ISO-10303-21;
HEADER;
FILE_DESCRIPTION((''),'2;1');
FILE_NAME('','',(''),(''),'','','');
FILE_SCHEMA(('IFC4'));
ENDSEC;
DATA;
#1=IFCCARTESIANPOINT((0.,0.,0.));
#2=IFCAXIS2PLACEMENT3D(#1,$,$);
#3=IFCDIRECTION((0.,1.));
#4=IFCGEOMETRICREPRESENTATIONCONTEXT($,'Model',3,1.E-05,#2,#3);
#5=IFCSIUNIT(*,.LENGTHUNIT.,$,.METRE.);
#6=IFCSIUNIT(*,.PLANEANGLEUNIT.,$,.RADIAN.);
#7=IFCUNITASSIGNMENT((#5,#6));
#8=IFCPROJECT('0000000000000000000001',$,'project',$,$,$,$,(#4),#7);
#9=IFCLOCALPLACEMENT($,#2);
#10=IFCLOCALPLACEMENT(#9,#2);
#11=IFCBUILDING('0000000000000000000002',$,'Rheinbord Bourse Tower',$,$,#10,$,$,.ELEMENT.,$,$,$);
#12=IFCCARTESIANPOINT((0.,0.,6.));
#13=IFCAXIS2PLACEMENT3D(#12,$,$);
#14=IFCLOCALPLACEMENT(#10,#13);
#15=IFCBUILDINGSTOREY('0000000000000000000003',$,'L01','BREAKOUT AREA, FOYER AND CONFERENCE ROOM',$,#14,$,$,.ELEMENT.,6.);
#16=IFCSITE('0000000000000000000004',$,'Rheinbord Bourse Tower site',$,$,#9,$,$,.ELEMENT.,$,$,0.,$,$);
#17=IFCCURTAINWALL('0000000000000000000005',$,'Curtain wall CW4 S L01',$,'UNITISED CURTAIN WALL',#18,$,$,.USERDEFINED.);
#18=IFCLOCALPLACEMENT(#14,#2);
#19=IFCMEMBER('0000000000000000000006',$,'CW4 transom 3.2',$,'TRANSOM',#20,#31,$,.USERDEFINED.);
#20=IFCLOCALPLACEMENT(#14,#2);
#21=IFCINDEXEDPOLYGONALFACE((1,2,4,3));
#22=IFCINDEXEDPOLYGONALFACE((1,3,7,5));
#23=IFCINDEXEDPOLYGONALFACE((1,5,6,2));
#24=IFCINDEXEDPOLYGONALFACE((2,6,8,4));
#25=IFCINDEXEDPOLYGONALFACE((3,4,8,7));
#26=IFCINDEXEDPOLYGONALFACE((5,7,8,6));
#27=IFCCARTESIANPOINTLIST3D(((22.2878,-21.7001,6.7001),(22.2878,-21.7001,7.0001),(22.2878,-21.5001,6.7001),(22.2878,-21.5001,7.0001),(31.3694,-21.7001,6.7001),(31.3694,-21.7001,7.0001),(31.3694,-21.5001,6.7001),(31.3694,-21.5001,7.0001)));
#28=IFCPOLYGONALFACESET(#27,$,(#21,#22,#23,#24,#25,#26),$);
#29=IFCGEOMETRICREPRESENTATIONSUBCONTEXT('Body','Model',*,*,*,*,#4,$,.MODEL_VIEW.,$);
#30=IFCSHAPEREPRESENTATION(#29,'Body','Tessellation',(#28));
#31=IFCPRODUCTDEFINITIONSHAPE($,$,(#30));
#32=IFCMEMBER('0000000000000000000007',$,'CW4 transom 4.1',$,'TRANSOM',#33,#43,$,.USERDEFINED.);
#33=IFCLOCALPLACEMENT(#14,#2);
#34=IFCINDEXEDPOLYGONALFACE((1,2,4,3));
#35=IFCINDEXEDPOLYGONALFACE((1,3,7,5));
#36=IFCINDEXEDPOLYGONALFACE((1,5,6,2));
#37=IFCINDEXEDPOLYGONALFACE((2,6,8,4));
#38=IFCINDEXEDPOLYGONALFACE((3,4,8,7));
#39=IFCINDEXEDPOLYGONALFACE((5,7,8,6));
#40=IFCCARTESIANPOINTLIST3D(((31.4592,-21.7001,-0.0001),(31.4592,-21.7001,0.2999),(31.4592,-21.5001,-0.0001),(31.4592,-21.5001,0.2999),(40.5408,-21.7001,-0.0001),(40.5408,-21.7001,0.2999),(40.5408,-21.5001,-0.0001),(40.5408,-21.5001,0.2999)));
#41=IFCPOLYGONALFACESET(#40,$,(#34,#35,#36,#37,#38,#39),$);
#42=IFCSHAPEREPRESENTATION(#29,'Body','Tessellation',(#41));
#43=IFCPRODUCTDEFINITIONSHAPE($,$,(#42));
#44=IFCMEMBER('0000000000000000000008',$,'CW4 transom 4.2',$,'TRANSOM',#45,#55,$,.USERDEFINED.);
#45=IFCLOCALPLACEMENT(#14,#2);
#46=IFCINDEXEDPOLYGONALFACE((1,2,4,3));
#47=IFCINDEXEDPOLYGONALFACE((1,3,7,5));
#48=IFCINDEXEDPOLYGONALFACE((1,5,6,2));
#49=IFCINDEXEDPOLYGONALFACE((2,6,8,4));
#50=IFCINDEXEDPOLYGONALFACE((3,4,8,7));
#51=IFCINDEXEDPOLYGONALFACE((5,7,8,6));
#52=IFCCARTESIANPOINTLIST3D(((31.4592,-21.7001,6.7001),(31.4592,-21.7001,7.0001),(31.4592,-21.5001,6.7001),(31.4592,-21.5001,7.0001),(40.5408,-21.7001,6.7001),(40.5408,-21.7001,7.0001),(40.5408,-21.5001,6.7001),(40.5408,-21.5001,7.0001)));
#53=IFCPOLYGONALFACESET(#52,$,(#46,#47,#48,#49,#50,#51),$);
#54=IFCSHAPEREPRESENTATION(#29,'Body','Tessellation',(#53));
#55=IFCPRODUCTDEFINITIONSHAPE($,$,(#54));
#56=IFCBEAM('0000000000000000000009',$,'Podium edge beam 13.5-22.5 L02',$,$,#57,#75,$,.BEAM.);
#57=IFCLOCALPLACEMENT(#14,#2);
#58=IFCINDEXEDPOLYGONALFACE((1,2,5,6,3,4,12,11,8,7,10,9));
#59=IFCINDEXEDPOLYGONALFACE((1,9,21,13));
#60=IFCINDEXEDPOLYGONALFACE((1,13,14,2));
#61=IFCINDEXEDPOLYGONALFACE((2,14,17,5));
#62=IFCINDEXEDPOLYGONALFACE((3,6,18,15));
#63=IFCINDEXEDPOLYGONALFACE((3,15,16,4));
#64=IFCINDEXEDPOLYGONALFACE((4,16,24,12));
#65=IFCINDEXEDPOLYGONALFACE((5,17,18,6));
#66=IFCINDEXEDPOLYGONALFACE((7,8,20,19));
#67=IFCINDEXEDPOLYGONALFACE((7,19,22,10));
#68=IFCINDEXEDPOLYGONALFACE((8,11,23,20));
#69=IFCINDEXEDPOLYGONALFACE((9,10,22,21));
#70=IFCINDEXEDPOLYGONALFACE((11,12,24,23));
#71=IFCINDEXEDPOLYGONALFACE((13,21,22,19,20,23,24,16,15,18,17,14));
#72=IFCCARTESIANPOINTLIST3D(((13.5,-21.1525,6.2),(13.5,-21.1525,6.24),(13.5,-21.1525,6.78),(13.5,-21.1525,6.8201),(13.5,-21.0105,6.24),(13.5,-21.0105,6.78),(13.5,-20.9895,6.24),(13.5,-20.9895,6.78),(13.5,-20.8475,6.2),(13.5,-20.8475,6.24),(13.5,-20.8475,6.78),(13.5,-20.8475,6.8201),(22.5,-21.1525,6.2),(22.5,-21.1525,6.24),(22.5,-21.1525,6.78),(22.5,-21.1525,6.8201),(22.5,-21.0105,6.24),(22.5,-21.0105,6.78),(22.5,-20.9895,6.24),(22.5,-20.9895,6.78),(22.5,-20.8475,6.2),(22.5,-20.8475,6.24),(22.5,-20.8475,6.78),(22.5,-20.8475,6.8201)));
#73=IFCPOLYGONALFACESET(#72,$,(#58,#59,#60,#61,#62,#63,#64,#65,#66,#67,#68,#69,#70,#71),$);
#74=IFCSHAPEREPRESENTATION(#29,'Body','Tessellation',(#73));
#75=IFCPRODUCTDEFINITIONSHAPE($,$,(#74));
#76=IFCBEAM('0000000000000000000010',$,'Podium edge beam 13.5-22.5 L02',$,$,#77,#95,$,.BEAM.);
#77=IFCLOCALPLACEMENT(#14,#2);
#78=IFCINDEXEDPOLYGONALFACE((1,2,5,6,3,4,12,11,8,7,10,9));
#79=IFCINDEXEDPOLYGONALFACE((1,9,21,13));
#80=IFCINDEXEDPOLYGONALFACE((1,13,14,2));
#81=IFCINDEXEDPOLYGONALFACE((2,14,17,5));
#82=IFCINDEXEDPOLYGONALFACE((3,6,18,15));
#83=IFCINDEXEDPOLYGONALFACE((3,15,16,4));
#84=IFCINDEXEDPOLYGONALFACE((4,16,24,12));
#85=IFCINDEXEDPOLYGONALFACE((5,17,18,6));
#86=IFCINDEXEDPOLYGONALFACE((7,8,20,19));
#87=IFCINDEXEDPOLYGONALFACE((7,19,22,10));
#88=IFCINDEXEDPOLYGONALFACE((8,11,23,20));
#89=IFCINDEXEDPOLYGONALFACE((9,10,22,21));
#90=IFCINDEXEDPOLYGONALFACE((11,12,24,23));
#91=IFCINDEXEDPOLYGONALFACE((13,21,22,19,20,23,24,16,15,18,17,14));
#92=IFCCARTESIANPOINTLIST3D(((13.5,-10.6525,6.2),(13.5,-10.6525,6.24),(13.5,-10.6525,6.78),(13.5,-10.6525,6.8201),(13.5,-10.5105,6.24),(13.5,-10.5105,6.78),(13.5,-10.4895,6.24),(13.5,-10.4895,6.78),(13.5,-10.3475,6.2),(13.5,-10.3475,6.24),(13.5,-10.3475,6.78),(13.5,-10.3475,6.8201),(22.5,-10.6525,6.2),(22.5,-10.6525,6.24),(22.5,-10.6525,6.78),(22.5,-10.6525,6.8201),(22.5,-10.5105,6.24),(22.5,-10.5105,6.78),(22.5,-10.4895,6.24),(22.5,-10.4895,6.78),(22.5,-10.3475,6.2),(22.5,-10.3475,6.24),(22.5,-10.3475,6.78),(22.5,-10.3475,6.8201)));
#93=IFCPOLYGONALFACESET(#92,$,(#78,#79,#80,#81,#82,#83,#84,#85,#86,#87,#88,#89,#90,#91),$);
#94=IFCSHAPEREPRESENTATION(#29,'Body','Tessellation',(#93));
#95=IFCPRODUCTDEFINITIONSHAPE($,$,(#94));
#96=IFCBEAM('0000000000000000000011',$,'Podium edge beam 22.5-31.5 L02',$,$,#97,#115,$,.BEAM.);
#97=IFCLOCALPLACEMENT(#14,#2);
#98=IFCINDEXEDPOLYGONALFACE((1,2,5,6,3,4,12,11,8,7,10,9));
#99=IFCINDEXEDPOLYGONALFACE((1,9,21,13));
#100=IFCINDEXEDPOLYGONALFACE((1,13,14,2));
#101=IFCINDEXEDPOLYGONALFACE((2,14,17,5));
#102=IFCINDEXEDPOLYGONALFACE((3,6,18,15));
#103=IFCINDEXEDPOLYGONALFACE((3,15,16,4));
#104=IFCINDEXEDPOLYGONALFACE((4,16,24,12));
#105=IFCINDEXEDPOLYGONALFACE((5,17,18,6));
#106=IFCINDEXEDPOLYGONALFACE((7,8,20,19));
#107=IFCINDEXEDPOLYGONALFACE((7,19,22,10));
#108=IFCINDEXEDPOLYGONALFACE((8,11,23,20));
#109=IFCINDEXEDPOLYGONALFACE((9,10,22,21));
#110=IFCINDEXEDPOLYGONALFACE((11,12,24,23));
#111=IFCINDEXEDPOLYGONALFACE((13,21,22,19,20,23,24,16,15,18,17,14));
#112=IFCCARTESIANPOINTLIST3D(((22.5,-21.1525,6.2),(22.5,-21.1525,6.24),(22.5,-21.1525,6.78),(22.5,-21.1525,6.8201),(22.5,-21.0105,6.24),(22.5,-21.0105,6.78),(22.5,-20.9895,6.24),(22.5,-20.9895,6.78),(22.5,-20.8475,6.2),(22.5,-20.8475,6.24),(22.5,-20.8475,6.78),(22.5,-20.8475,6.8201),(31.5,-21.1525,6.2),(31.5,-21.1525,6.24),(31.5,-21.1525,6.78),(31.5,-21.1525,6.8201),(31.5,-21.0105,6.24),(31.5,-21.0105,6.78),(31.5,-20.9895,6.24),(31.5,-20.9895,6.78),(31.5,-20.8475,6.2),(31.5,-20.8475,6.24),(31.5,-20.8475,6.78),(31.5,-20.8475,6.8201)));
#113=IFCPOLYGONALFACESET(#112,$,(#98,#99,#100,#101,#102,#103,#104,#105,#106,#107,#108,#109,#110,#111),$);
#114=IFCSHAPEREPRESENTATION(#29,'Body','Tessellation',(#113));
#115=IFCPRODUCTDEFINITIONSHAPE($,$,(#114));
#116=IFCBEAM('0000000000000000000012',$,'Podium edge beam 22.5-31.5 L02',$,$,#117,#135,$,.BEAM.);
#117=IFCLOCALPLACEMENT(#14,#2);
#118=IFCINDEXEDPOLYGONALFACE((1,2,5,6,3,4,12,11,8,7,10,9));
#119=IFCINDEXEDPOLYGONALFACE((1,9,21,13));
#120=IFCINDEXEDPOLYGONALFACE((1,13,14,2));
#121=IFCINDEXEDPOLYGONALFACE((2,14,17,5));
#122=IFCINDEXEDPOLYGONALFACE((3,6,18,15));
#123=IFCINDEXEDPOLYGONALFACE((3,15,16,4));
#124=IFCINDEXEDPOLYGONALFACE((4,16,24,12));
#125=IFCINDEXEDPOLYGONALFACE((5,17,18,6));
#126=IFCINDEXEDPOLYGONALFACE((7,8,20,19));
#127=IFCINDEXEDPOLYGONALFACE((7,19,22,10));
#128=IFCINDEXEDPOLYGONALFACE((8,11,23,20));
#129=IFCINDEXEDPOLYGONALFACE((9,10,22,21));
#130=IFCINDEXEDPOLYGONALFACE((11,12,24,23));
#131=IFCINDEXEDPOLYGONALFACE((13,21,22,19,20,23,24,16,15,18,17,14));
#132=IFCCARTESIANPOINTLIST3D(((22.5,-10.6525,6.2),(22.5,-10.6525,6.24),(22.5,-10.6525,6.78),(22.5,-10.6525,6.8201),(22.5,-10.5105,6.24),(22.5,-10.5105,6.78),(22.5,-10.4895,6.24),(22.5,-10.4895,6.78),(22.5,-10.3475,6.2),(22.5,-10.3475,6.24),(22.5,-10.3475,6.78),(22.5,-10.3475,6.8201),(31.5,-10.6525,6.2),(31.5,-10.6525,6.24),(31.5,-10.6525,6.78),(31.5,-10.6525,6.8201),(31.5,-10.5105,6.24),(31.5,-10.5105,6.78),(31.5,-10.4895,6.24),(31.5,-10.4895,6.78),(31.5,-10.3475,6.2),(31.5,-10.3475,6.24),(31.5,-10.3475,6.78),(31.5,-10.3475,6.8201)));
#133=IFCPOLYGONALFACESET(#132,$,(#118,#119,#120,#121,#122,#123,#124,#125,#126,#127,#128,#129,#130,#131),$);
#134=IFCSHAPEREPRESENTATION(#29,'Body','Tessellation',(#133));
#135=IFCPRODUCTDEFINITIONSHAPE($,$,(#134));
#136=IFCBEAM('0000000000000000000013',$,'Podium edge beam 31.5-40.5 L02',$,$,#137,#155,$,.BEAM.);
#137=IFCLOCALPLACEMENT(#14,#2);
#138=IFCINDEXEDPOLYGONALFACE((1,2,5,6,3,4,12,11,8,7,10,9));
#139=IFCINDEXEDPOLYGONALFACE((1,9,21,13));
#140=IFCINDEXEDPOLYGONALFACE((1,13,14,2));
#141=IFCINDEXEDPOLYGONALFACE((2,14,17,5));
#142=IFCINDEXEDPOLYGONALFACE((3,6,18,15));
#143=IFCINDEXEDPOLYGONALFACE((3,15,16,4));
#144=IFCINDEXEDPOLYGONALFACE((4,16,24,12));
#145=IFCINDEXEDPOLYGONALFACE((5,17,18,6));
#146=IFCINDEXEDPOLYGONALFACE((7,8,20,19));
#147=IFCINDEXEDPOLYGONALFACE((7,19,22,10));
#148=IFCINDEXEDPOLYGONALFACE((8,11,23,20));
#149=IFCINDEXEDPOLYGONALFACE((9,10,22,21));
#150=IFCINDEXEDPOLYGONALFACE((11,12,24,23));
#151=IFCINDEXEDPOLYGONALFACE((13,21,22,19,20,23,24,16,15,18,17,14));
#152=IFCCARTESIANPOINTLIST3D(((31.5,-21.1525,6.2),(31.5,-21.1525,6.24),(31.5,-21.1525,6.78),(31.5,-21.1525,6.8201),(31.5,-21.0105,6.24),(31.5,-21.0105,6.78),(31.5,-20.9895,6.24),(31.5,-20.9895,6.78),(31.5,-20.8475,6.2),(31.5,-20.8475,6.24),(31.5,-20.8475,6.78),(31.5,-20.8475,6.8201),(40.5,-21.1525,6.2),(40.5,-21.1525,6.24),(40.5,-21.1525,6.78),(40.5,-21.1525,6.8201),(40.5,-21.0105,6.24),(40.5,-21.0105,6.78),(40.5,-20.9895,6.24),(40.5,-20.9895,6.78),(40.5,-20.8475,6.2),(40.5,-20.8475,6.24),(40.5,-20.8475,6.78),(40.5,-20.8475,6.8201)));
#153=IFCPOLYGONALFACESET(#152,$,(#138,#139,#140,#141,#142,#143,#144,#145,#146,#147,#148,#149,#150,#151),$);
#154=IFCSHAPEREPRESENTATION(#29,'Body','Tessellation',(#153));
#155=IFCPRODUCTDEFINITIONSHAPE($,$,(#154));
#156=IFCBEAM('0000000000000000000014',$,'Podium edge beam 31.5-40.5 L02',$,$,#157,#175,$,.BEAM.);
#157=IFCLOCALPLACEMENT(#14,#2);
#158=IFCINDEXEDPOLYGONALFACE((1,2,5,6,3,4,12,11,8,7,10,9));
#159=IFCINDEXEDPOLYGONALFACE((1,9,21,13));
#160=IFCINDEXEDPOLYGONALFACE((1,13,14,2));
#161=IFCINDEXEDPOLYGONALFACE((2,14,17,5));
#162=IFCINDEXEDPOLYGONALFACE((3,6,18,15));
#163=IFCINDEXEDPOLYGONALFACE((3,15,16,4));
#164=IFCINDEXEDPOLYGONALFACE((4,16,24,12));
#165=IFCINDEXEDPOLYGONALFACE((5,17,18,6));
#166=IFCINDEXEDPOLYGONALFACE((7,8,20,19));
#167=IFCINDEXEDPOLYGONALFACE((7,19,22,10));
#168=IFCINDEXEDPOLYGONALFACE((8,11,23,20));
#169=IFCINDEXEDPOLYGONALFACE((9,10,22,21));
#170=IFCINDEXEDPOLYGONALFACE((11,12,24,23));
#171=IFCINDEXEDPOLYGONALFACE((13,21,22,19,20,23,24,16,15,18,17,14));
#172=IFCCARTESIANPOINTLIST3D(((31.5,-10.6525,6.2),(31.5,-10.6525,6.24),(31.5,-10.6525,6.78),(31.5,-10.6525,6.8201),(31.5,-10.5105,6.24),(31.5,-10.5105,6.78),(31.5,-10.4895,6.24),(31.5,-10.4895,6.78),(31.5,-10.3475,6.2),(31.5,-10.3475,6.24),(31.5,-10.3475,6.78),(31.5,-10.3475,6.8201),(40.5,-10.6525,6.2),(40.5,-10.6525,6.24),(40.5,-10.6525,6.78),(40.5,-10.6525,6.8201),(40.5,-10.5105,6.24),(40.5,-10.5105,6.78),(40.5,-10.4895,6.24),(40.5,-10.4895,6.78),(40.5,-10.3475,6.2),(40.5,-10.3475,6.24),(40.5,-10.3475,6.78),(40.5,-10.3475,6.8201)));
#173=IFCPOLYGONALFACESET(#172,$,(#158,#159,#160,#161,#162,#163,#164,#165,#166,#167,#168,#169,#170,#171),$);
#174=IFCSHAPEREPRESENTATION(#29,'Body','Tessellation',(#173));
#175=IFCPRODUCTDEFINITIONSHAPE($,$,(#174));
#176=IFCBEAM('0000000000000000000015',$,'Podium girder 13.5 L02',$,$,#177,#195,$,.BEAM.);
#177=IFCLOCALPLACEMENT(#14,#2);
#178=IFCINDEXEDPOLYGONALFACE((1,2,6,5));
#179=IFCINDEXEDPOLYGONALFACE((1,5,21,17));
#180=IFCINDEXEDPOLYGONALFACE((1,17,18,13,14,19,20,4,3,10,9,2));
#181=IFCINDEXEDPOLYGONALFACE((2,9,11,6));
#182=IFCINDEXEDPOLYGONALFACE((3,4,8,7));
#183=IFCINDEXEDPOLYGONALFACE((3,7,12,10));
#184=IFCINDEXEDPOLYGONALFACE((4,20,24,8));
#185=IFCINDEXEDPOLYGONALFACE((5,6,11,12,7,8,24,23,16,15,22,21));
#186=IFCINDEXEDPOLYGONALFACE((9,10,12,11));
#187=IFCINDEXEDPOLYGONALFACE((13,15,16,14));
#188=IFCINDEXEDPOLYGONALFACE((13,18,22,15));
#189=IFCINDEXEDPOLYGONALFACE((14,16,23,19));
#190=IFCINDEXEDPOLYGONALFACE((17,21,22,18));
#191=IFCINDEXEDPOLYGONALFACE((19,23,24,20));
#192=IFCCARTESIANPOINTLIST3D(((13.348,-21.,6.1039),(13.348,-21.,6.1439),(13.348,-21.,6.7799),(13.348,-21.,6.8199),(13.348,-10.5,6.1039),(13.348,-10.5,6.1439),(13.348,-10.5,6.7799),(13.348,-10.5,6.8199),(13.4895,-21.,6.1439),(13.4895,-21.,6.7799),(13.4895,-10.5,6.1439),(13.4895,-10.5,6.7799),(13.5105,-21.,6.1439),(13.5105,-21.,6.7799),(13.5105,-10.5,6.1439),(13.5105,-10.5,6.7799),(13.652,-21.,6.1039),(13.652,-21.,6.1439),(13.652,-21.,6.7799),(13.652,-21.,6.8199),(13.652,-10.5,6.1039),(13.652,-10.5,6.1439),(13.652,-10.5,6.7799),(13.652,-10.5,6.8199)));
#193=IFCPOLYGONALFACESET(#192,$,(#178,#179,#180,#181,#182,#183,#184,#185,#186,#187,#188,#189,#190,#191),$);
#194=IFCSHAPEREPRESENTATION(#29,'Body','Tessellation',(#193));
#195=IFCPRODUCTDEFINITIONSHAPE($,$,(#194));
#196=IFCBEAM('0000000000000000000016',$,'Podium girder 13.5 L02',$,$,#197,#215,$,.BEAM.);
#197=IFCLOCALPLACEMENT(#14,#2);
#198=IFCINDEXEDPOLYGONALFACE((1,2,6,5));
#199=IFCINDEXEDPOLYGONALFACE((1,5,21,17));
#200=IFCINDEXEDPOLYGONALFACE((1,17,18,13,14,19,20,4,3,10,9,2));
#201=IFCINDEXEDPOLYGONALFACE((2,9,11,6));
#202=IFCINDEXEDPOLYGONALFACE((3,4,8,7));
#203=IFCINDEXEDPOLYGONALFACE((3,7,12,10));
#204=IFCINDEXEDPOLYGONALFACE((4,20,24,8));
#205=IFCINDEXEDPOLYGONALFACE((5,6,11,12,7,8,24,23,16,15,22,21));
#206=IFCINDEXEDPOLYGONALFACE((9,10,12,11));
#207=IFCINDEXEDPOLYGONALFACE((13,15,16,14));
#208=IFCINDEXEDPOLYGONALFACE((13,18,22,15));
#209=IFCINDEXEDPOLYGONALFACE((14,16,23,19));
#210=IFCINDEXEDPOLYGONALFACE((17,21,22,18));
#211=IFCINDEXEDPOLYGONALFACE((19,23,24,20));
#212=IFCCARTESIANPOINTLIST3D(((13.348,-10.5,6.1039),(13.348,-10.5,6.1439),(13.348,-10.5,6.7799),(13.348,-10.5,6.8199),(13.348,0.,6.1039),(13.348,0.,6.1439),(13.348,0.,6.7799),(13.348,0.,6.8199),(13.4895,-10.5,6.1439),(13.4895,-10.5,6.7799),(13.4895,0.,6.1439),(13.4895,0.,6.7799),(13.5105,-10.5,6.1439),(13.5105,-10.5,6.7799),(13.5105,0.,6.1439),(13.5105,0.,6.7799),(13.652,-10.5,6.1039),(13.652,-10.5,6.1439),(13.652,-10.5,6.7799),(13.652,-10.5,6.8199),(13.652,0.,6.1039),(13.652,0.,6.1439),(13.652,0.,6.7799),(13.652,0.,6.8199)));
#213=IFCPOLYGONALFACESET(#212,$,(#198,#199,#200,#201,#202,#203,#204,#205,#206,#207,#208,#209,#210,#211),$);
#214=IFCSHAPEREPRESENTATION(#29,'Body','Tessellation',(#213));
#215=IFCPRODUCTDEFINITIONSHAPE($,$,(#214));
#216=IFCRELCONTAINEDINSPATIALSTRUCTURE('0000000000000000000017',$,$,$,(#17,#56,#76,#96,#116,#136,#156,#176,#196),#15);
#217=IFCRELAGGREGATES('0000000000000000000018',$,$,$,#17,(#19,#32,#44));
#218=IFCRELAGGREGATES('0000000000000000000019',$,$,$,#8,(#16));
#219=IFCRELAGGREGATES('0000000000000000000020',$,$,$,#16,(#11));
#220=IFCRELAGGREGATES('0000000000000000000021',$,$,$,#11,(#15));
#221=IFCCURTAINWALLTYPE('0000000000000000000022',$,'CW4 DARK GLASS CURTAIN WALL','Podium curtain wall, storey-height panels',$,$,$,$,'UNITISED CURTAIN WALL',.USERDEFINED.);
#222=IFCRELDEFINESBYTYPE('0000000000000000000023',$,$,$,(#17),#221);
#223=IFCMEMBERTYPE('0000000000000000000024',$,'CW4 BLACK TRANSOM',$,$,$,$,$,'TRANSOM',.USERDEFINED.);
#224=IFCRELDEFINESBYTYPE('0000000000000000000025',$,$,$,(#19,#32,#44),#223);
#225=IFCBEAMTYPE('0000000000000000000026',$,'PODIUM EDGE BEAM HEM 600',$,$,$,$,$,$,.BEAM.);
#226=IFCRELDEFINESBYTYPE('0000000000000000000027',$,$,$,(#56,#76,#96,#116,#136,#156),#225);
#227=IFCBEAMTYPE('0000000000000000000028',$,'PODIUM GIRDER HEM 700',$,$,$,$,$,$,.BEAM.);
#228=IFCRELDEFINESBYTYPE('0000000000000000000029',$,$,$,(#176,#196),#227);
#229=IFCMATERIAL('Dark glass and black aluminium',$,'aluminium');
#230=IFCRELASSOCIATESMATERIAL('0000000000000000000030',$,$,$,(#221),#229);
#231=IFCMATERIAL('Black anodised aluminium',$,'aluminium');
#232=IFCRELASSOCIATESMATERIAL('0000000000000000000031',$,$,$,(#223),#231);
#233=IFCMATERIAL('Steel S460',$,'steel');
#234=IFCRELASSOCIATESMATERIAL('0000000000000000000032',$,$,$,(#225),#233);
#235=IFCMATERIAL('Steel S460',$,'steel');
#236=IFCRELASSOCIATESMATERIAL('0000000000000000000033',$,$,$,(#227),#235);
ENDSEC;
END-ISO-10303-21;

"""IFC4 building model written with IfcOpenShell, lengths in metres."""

from ifc_helpers import new_model, si_unit, direction, frame, origin, origin_2d, place, context, subcontext, project, spatial, rectangle, i_section, extrude, material, material_profile, profile_set, type_object, element, aggregate, save


model = new_model("IFC4")

# Units and contexts
model_context = context("Model", 3, precision=1e-05, world=origin(), true_north=direction((0.0, 1.0)))
body_context = subcontext(model_context, "Body", "Model", "MODEL_VIEW")
ifc_project = project(units=[si_unit("LENGTHUNIT", "METRE"), si_unit("PLANEANGLEUNIT", "RADIAN")], contexts=[model_context])

# Site, building, storey
site_placement = place(None, origin())
site = spatial("IfcSite", under=ifc_project, at=site_placement, Name="Rheinbord Bourse Tower site", CompositionType="ELEMENT", RefElevation=0.0)
building_placement = place(site_placement, origin())
building = spatial("IfcBuilding", under=site, at=building_placement, Name="Rheinbord Bourse Tower", CompositionType="ELEMENT")
storey_placement = place(building_placement, frame((0.0, 0.0, 6.0)))
storey = spatial("IfcBuildingStorey", under=building, at=storey_placement, Name="L01", Description="BREAKOUT AREA, FOYER AND CONFERENCE ROOM", CompositionType="ELEMENT", Elevation=6.0)

# Curtain wall, members
ifc_material_1 = material(Name="Dark glass and black aluminium", Category="aluminium")
curtain_wall_type = type_object("IfcCurtainWallType", Name="CW4 DARK GLASS CURTAIN WALL", Description="Podium curtain wall, storey-height panels", ElementType="UNITISED CURTAIN WALL", PredefinedType="USERDEFINED", material=ifc_material_1)
curtain_wall_placement = place(storey_placement, origin())
curtain_wall = element("IfcCurtainWall", 1, at=curtain_wall_placement, inside=storey, type_object=curtain_wall_type, Name="Curtain wall CW4 S L01", ObjectType="UNITISED CURTAIN WALL", PredefinedType="USERDEFINED")
ifc_material_2 = material(Name="Black anodised aluminium", Category="aluminium")
ifc_material_profile_1 = material_profile(ifc_material_2, rectangle(XDim=0.2, YDim=0.3, at=origin_2d()), Name="CW4 TRANSOM 300x200")
ifc_profile_set_1 = profile_set([ifc_material_profile_1], Name="Black anodised aluminium")
member_type_1 = type_object("IfcMemberType", Name="CW4 BLACK TRANSOM", ElementType="TRANSOM", PredefinedType="USERDEFINED", material=ifc_profile_set_1)
member_1_placement = place(storey_placement, frame((22.2878, -21.6001, 6.8501), z_axis=(1.0, 0.0, 0.0), x_axis=(0.0, 1.0, 0.0)))
member_1 = element("IfcMember", 2, at=member_1_placement, type_object=member_type_1, Name="CW4 transom 3.2", ObjectType="TRANSOM", PredefinedType="USERDEFINED", context=body_context, shape_type="SweptSolid", body=[
    extrude(rectangle(XDim=0.2, YDim=0.3, at=origin_2d()), origin(), (0.0, 0.0, 1.0), 9.0815),
])
member_2_placement = place(storey_placement, frame((31.4592, -21.6001, 0.1499), z_axis=(1.0, 0.0, 0.0), x_axis=(0.0, 1.0, 0.0)))
member_2 = element("IfcMember", 3, at=member_2_placement, type_object=member_type_1, Name="CW4 transom 4.1", ObjectType="TRANSOM", PredefinedType="USERDEFINED", context=body_context, shape_type="SweptSolid", body=[
    extrude(rectangle(XDim=0.2, YDim=0.3, at=origin_2d()), origin(), (0.0, 0.0, 1.0), 9.0815),
])
member_3_placement = place(storey_placement, frame((31.4592, -21.6001, 6.8501), z_axis=(1.0, 0.0, 0.0), x_axis=(0.0, 1.0, 0.0)))
member_3 = element("IfcMember", 4, at=member_3_placement, type_object=member_type_1, Name="CW4 transom 4.2", ObjectType="TRANSOM", PredefinedType="USERDEFINED", context=body_context, shape_type="SweptSolid", body=[
    extrude(rectangle(XDim=0.2, YDim=0.3, at=origin_2d()), origin(), (0.0, 0.0, 1.0), 9.0815),
])

# Beams
ifc_material_3 = material(Name="Steel S460", Category="steel")
ifc_material_profile_2 = material_profile(ifc_material_3, i_section(OverallWidth=0.3049, OverallDepth=0.6201, WebThickness=0.021, FlangeThickness=0.04, at=origin_2d()), Name="HEM 600")
ifc_profile_set_2 = profile_set([ifc_material_profile_2], Name="Steel S460")
beam_type_1 = type_object("IfcBeamType", Name="PODIUM EDGE BEAM HEM 600", PredefinedType="BEAM", material=ifc_profile_set_2)
for number, where, z_axis, x_axis, name in (
    (5, (13.5, -21.0, 6.51), (1.0, 0.0, 0.0), (0.0, 1.0, 0.0), "Podium edge beam 13.5-22.5 L02"),
    (6, (13.5, -10.5, 6.51), (1.0, 0.0, 0.0), (0.0, 1.0, 0.0), "Podium edge beam 13.5-22.5 L02"),
    (7, (22.5, -21.0, 6.51), (1.0, 0.0, 0.0), (0.0, 1.0, 0.0), "Podium edge beam 22.5-31.5 L02"),
    (8, (22.5, -10.5, 6.51), (1.0, 0.0, 0.0), (0.0, 1.0, 0.0), "Podium edge beam 22.5-31.5 L02"),
    (9, (31.5, -21.0, 6.51), (1.0, 0.0, 0.0), (0.0, 1.0, 0.0), "Podium edge beam 31.5-40.5 L02"),
    (10, (31.5, -10.5, 6.51), (1.0, 0.0, 0.0), (0.0, 1.0, 0.0), "Podium edge beam 31.5-40.5 L02"),
):
    element("IfcBeam", number, at=place(storey_placement, frame(where, z_axis=z_axis, x_axis=x_axis)), inside=storey, type_object=beam_type_1, Name=name, PredefinedType="BEAM", context=body_context, shape_type="SweptSolid", body=[
        extrude(i_section(OverallWidth=0.3049, OverallDepth=0.6201, WebThickness=0.021, FlangeThickness=0.04, at=origin_2d()), origin(), (0.0, 0.0, 1.0), 9.0),
    ])
ifc_material_4 = material(Name="Steel S460", Category="steel")
ifc_material_profile_3 = material_profile(ifc_material_4, i_section(OverallWidth=0.304, OverallDepth=0.7161, WebThickness=0.021, FlangeThickness=0.04, at=origin_2d()), Name="HEM 700")
ifc_profile_set_3 = profile_set([ifc_material_profile_3], Name="Steel S460")
beam_type_2 = type_object("IfcBeamType", Name="PODIUM GIRDER HEM 700", PredefinedType="BEAM", material=ifc_profile_set_3)
for number, where, z_axis, x_axis, name in (
    (11, (13.5, -21.0, 6.4619), (0.0, 1.0, 0.0), (-1.0, 0.0, 0.0), "Podium girder 13.5 L02"),
    (12, (13.5, -10.5, 6.4619), (0.0, 1.0, 0.0), (-1.0, 0.0, 0.0), "Podium girder 13.5 L02"),
):
    element("IfcBeam", number, at=place(storey_placement, frame(where, z_axis=z_axis, x_axis=x_axis)), inside=storey, type_object=beam_type_2, Name=name, PredefinedType="BEAM", context=body_context, shape_type="SweptSolid", body=[
        extrude(i_section(OverallWidth=0.304, OverallDepth=0.7161, WebThickness=0.021, FlangeThickness=0.04, at=origin_2d()), origin(), (0.0, 0.0, 1.0), 10.5),
    ])

aggregate(curtain_wall, [member_1, member_2, member_3])

save(model, "model.ifc")
